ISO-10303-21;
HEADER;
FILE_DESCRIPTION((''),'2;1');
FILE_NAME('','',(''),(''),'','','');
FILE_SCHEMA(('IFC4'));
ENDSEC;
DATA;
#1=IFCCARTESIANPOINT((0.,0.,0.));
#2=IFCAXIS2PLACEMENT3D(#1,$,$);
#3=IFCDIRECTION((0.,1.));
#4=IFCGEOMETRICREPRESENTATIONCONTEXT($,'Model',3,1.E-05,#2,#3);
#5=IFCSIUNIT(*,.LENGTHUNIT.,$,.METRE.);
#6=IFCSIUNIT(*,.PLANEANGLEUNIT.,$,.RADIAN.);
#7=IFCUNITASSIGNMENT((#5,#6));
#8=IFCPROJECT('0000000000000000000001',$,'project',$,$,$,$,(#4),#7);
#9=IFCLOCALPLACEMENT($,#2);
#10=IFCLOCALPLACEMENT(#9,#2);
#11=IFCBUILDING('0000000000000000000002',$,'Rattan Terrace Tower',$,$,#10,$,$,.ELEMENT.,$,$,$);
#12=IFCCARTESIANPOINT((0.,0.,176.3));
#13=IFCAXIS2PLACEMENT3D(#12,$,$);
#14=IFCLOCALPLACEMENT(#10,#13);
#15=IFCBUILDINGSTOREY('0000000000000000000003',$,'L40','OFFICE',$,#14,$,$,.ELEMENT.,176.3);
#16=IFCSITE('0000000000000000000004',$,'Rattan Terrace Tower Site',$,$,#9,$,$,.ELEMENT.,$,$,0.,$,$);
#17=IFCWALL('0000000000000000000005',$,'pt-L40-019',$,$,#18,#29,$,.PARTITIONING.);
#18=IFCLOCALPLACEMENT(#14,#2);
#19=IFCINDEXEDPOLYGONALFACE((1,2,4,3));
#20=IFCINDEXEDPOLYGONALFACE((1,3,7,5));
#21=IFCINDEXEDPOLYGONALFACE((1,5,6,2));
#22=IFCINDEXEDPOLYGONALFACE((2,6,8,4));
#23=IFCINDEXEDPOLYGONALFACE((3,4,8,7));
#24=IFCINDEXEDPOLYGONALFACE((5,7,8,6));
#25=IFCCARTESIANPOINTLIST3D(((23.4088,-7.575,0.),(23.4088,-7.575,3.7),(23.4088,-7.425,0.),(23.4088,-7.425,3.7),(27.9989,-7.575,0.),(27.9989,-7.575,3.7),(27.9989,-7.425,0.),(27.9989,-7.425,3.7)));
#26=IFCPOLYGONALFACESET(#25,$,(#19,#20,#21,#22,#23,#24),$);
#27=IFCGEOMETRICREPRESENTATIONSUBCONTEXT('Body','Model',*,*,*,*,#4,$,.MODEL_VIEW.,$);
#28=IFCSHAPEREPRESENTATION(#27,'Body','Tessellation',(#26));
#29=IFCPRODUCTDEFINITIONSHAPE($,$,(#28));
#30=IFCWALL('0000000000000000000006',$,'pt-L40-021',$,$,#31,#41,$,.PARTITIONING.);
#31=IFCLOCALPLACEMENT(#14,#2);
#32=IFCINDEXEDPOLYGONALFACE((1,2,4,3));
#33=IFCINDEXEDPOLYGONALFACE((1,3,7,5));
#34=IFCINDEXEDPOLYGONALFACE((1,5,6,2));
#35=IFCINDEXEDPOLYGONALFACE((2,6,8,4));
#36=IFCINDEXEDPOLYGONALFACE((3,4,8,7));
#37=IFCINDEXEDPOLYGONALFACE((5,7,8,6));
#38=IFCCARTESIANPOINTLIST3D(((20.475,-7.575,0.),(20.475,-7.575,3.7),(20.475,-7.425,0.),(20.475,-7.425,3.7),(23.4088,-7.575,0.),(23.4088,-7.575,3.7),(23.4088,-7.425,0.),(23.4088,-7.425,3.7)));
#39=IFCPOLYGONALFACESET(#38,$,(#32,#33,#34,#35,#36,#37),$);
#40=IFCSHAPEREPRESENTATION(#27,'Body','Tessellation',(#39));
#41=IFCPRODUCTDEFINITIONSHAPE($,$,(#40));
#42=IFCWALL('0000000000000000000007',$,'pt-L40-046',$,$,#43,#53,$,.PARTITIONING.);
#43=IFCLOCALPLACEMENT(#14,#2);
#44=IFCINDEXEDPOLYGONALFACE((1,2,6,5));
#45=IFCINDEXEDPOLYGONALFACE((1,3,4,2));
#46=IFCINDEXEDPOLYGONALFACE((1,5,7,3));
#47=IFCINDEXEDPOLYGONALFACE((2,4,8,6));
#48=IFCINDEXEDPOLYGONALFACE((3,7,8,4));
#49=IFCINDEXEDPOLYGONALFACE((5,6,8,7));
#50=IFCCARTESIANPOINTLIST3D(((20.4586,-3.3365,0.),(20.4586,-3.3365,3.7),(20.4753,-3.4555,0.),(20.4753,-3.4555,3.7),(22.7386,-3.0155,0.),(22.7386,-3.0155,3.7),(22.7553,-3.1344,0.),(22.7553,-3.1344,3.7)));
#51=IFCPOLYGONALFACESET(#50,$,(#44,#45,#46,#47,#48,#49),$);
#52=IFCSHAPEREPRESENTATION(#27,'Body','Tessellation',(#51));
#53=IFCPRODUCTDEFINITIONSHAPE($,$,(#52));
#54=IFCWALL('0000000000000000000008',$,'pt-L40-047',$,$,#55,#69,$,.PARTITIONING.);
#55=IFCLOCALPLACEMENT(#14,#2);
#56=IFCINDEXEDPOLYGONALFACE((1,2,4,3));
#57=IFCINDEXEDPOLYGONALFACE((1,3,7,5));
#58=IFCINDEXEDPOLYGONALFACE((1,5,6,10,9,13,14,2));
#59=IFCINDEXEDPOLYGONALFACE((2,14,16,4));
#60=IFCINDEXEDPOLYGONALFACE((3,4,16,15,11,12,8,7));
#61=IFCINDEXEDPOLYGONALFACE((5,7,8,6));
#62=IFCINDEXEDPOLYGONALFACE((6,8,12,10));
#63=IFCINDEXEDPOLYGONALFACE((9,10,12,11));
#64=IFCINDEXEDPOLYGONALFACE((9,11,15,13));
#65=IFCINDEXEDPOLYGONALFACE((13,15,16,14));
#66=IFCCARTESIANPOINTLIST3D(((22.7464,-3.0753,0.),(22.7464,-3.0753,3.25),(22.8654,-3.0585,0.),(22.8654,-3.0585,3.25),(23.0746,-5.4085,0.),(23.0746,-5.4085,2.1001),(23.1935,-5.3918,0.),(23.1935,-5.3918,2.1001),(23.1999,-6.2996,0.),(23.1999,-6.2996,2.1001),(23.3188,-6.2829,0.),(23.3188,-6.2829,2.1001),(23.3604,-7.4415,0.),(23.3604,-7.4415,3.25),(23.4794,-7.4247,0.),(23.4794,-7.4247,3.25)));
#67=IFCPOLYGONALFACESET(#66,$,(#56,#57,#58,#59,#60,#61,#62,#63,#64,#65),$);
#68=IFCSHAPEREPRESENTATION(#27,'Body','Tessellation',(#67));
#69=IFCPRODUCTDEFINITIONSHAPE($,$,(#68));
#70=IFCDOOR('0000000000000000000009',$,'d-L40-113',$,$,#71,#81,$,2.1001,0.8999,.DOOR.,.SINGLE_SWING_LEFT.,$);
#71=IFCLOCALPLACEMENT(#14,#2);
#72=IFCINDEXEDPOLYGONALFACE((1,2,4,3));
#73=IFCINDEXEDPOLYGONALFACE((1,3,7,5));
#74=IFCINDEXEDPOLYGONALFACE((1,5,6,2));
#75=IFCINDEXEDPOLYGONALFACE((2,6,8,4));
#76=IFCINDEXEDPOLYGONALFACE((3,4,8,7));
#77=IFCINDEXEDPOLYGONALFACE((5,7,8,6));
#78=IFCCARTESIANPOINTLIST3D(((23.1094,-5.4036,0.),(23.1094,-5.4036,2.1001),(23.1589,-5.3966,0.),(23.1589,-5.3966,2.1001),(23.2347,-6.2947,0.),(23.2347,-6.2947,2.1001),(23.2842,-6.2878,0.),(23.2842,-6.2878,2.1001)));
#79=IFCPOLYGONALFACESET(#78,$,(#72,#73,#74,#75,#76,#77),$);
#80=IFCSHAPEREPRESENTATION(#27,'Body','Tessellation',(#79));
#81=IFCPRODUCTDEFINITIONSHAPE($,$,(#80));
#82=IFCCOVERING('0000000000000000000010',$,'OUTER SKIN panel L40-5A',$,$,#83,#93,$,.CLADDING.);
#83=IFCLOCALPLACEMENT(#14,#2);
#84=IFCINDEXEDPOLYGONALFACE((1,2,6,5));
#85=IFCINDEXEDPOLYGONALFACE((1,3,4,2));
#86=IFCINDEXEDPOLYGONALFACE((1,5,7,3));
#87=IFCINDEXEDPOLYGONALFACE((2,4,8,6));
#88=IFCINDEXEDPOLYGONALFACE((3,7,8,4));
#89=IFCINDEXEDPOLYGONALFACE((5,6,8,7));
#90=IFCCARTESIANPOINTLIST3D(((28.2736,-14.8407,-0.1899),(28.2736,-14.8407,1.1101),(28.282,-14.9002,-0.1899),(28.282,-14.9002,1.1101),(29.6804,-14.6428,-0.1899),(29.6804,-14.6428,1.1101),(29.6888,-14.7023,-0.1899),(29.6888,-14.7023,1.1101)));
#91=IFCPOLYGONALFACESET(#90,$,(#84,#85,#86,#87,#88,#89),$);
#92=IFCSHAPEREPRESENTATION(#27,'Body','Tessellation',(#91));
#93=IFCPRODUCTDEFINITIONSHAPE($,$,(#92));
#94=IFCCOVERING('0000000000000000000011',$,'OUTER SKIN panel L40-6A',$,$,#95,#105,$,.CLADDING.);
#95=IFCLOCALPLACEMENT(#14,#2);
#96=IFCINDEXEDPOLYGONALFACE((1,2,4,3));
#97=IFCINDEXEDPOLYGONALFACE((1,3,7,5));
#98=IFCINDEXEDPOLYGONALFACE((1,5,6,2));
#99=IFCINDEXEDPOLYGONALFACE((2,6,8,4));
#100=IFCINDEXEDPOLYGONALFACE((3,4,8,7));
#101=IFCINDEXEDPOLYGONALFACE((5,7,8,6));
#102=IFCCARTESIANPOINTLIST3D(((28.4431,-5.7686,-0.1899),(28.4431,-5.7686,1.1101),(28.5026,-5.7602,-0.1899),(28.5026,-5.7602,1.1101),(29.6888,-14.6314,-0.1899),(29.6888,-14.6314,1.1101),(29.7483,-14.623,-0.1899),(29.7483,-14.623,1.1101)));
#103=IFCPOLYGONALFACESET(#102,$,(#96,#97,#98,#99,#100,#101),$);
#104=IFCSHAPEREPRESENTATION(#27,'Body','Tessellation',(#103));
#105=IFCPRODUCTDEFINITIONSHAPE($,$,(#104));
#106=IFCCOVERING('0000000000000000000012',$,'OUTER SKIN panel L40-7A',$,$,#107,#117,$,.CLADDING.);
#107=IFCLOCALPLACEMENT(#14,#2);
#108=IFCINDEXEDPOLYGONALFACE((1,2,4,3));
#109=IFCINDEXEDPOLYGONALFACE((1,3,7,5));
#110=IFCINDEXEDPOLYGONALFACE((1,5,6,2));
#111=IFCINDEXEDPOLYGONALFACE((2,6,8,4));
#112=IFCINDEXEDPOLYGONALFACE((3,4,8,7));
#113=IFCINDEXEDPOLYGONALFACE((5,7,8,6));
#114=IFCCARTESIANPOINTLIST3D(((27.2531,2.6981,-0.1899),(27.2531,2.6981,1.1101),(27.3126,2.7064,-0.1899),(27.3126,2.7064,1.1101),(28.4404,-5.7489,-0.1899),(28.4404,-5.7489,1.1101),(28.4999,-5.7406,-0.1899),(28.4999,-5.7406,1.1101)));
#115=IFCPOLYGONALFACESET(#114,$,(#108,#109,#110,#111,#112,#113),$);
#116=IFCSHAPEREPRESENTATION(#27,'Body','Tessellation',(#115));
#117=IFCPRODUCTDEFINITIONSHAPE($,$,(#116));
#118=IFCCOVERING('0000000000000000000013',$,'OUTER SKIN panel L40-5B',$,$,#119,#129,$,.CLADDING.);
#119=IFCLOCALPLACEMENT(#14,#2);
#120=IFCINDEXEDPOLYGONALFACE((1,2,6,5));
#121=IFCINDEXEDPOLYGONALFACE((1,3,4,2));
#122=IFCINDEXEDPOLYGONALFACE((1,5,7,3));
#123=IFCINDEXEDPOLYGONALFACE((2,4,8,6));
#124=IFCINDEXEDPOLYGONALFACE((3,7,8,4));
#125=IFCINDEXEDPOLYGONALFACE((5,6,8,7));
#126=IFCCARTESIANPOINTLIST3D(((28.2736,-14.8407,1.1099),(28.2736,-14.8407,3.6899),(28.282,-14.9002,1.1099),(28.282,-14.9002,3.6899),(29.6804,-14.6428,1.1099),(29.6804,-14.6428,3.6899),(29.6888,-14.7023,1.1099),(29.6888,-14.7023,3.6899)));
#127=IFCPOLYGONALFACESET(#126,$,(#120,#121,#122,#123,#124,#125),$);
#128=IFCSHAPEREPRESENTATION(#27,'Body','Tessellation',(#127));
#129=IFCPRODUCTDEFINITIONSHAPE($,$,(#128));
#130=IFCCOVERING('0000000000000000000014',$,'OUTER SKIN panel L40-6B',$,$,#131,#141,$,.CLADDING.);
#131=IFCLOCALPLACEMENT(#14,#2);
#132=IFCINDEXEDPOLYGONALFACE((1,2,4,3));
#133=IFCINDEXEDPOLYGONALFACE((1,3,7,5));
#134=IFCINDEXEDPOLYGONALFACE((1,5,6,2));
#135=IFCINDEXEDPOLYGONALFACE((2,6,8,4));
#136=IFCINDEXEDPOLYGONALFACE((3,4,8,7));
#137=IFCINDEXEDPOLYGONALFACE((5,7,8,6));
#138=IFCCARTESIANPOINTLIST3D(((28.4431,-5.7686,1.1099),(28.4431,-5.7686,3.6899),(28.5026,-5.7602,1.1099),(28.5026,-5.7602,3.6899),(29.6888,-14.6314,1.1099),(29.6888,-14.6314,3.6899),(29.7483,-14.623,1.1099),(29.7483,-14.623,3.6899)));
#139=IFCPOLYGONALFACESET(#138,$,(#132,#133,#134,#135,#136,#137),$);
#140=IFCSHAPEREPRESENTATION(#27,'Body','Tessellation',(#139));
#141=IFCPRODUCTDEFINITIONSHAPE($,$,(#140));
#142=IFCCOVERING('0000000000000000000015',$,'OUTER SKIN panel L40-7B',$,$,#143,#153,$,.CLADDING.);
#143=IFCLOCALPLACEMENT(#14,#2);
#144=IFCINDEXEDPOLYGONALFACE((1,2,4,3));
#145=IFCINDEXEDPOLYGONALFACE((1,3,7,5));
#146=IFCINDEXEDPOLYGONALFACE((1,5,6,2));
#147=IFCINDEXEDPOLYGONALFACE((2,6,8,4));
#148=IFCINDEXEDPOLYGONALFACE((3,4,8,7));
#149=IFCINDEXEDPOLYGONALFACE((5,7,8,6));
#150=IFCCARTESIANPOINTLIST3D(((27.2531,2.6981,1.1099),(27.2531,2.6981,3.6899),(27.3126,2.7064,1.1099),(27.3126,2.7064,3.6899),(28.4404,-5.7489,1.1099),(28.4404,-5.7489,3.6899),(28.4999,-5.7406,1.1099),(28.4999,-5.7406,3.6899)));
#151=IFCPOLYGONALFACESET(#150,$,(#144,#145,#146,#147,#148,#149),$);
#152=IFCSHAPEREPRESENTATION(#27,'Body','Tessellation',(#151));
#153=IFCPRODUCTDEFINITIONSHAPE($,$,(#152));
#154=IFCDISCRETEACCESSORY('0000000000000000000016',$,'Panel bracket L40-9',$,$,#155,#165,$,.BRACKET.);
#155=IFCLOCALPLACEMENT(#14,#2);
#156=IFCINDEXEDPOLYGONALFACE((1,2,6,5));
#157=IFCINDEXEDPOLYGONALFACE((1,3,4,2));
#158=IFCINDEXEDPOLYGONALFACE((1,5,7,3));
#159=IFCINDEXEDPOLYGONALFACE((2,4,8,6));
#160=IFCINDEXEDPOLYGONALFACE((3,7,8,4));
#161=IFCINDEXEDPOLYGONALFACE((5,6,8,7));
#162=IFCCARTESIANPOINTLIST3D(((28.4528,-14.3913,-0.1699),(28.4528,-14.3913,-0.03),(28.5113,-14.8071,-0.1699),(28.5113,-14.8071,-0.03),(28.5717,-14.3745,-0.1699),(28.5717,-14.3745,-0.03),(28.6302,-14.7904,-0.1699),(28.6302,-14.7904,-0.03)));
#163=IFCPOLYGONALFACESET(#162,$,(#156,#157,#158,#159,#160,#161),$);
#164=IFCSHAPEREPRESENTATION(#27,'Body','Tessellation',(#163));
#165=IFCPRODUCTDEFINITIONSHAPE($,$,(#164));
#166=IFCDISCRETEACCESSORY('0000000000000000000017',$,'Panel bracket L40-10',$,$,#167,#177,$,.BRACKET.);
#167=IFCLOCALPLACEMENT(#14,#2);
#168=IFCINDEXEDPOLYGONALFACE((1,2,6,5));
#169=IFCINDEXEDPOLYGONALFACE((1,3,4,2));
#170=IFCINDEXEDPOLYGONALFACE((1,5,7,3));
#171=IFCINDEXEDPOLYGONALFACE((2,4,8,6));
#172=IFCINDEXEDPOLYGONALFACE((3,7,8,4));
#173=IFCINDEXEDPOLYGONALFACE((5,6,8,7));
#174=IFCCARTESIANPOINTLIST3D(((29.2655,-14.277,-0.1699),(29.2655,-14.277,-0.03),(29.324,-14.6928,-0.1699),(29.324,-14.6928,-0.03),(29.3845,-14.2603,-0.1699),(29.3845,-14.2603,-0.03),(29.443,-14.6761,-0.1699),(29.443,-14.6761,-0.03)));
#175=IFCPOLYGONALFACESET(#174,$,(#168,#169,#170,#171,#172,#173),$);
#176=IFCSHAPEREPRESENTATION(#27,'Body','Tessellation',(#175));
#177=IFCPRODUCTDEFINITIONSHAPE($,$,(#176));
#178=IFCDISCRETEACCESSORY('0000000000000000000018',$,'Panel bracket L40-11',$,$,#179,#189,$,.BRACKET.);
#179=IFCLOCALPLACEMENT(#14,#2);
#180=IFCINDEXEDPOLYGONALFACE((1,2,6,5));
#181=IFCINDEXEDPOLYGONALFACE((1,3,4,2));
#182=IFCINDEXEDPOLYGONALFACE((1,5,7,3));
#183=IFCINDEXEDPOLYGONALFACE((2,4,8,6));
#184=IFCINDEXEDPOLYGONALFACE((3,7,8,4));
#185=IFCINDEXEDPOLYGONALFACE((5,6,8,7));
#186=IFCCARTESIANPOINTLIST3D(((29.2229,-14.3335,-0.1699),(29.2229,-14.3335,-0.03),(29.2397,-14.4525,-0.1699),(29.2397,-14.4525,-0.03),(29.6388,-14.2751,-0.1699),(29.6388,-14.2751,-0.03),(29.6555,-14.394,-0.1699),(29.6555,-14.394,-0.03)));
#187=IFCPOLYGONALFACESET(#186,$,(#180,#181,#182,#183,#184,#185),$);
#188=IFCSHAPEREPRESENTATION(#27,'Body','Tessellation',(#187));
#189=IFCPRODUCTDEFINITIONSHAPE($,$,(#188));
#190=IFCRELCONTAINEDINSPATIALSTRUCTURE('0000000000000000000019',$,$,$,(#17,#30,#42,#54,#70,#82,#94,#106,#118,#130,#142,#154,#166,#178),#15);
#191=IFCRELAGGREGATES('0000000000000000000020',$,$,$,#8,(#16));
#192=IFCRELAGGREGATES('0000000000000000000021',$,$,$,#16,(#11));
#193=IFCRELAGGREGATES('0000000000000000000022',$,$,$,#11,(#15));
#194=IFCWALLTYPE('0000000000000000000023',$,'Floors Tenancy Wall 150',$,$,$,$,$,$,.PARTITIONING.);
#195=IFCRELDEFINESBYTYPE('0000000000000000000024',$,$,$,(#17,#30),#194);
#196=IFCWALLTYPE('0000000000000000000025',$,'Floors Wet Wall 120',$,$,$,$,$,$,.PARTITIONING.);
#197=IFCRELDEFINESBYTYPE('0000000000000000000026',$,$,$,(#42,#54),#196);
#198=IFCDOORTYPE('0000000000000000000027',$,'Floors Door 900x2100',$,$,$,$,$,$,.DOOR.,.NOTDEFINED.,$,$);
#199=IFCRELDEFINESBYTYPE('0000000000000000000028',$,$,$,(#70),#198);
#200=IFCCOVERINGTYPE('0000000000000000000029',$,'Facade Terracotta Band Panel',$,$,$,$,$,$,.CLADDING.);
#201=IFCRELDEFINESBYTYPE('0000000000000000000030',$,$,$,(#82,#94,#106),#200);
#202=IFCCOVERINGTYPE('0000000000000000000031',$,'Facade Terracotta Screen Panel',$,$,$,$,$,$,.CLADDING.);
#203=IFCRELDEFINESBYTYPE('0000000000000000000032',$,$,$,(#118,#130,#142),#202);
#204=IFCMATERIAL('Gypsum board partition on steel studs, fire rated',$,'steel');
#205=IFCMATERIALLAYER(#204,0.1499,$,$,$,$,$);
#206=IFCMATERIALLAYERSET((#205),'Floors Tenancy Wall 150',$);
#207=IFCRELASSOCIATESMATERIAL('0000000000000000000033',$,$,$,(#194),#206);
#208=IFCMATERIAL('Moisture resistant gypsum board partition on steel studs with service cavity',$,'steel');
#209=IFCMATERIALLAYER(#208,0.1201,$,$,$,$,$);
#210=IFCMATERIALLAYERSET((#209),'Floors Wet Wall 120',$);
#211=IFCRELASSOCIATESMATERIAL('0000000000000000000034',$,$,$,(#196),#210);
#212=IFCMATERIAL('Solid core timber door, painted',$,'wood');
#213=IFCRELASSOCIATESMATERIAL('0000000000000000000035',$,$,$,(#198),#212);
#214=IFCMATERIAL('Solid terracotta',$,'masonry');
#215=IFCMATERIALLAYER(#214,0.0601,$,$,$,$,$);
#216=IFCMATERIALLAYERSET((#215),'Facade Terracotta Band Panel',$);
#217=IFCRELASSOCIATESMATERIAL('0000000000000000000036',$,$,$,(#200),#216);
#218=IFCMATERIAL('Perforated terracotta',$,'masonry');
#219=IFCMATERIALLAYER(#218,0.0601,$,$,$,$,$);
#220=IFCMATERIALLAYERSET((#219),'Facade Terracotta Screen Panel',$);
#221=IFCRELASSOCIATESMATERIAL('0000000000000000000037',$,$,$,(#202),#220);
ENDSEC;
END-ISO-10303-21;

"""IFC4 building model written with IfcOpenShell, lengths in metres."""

from ifc_helpers import new_model, si_unit, direction, frame, frame_2d, origin, origin_2d, place, context, subcontext, project, spatial, rectangle, extrude, material, layer, layer_set, type_object, element, fill, save


model = new_model("IFC4")

# Units and contexts
model_context = context("Model", 3, precision=1e-05, world=origin(), true_north=direction((0.0, 1.0)))
body_context = subcontext(model_context, "Body", "Model", "MODEL_VIEW")
ifc_project = project(units=[si_unit("LENGTHUNIT", "METRE"), si_unit("PLANEANGLEUNIT", "RADIAN")], contexts=[model_context])

# Site, building, storey
site_placement = place(None, origin())
site = spatial("IfcSite", under=ifc_project, at=site_placement, Name="Rattan Terrace Tower Site", CompositionType="ELEMENT", RefElevation=0.0)
building_placement = place(site_placement, origin())
building = spatial("IfcBuilding", under=site, at=building_placement, Name="Rattan Terrace Tower", CompositionType="ELEMENT")
storey_placement = place(building_placement, frame((0.0, 0.0, 176.3)))
storey = spatial("IfcBuildingStorey", under=building, at=storey_placement, Name="L40", Description="OFFICE", CompositionType="ELEMENT", Elevation=176.3)

# Shared definitions
ifc_material_1 = material(Name="Gypsum board partition on steel studs, fire rated", Category="steel")
ifc_layer_1 = layer(ifc_material_1, 0.1499)
ifc_layer_set_1 = layer_set([ifc_layer_1], Name="Floors Tenancy Wall 150")
wall_type_1 = type_object("IfcWallType", Name="Floors Tenancy Wall 150", PredefinedType="PARTITIONING", material=ifc_layer_set_1)

# Walls
wall_1_placement = place(storey_placement, frame((23.4089, -7.5, 0.0), z_axis=(0.0, 0.0, 1.0), x_axis=(1.0, 0.0, 0.0)))
element("IfcWall", 1, at=wall_1_placement, inside=storey, type_object=wall_type_1, Name="pt-L40-019", PredefinedType="PARTITIONING", context=body_context, shape_type="SweptSolid", body=[
    extrude(rectangle(XDim=4.5901, YDim=0.1499, at=frame_2d((2.2949, 0.0))), origin(), (0.0, 0.0, 1.0), 3.7),
])
wall_2_placement = place(storey_placement, frame((20.4751, -7.5, 0.0), z_axis=(0.0, 0.0, 1.0), x_axis=(1.0, 0.0, 0.0)))
element("IfcWall", 2, at=wall_2_placement, inside=storey, type_object=wall_type_1, Name="pt-L40-021", PredefinedType="PARTITIONING", context=body_context, shape_type="SweptSolid", body=[
    extrude(rectangle(XDim=2.9338, YDim=0.1499, at=frame_2d((1.4668, 0.0))), origin(), (0.0, 0.0, 1.0), 3.7),
])
ifc_material_2 = material(Name="Moisture resistant gypsum board partition on steel studs with service cavity", Category="steel")
ifc_layer_2 = layer(ifc_material_2, 0.1201)
ifc_layer_set_2 = layer_set([ifc_layer_2], Name="Floors Wet Wall 120")
wall_type_2 = type_object("IfcWallType", Name="Floors Wet Wall 120", PredefinedType="PARTITIONING", material=ifc_layer_set_2)
wall_3_placement = place(storey_placement, frame((22.7471, -3.075, 0.0), z_axis=(0.0, 0.0, 1.0), x_axis=(-0.990232, -0.139432, 0.0)))
element("IfcWall", 3, at=wall_3_placement, inside=storey, type_object=wall_type_2, Name="pt-L40-046", PredefinedType="PARTITIONING", context=body_context, shape_type="SweptSolid", body=[
    extrude(rectangle(XDim=2.3025, YDim=0.1201, at=frame_2d((1.1514, 0.0))), origin(), (0.0, 0.0, 1.0), 3.7),
])

# Wall, opening, door
wall_4_placement = place(storey_placement, frame((23.4199, -7.4331, 0.0), z_axis=(0.0, 0.0, 1.0), x_axis=(-0.139258, 0.990256, 0.0)))
wall_4 = element("IfcWall", 4, at=wall_4_placement, inside=storey, type_object=wall_type_2, Name="pt-L40-047", PredefinedType="PARTITIONING", context=body_context, shape_type="SweptSolid", body=[
    extrude(rectangle(XDim=4.4092, YDim=0.1201, at=frame_2d((2.2046, 0.0))), origin(), (0.0, 0.0, 1.0), 3.25),
])
opening_1_placement = place(wall_4_placement, frame((1.1531, 0.0, 0.0)))
opening_1 = element("IfcOpeningElement", 5, at=opening_1_placement, cuts=wall_4, PredefinedType="OPENING", context=body_context, shape_type="SweptSolid", body=[
    extrude(rectangle(XDim=0.8999, YDim=2.1001, at=frame_2d((0.45, 1.05))), frame((0.0, 0.0706, 0.0), z_axis=(0.0, -1.0, 0.0), x_axis=(1.0, 0.0, 0.0)), (0.0, 0.0, 1.0), 0.1411),
])
ifc_material_3 = material(Name="Solid core timber door, painted", Category="wood")
door_type_1 = type_object("IfcDoorType", Name="Floors Door 900x2100", OperationType="NOTDEFINED", PredefinedType="DOOR", material=ifc_material_3)
door_1_placement = place(opening_1_placement, origin())
door_1 = element("IfcDoor", 6, at=door_1_placement, inside=storey, type_object=door_type_1, Name="d-L40-113", OperationType="SINGLE_SWING_LEFT", OverallHeight=2.1001, OverallWidth=0.8999, PredefinedType="DOOR", context=body_context, shape_type="SweptSolid", body=[
    extrude(rectangle(XDim=0.8999, YDim=2.1001, at=frame_2d((0.45, 1.05))), frame((0.0, 0.0249, 0.0), z_axis=(0.0, -1.0, 0.0), x_axis=(1.0, 0.0, 0.0)), (0.0, 0.0, 1.0), 0.05),
])
fill(opening_1, door_1)

# Coverings
ifc_material_4 = material(Name="Solid terracotta", Category="masonry")
ifc_layer_3 = layer(ifc_material_4, 0.0601)
ifc_layer_set_3 = layer_set([ifc_layer_3], Name="Facade Terracotta Band Panel")
covering_type_1 = type_object("IfcCoveringType", Name="Facade Terracotta Band Panel", PredefinedType="CLADDING", material=ifc_layer_set_3)
covering_1_placement = place(storey_placement, frame((28.9812, -14.7715, -0.1899), z_axis=(0.0, 0.0, 1.0), x_axis=(0.990254, 0.139275, 0.0)))
element("IfcCovering", 7, at=covering_1_placement, inside=storey, type_object=covering_type_1, Name="OUTER SKIN panel L40-5A", PredefinedType="CLADDING", context=body_context, shape_type="SweptSolid", body=[
    extrude(rectangle(XDim=1.4207, YDim=0.0601, at=origin_2d()), origin(), (0.0, 0.0, 1.0), 1.3),
])
covering_2_placement = place(storey_placement, frame((29.0957, -10.1958, -0.1899), z_axis=(0.0, 0.0, 1.0), x_axis=(-0.139191, 0.990266, 0.0)))
element("IfcCovering", 8, at=covering_2_placement, inside=storey, type_object=covering_type_1, Name="OUTER SKIN panel L40-6A", PredefinedType="CLADDING", context=body_context, shape_type="SweptSolid", body=[
    extrude(rectangle(XDim=8.95, YDim=0.0601, at=origin_2d()), origin(), (0.0, 0.0, 1.0), 1.3),
])
covering_3_placement = place(storey_placement, frame((27.8765, -1.5212, -0.1899), z_axis=(0.0, 0.0, 1.0), x_axis=(-0.139191, 0.990266, 0.0)))
element("IfcCovering", 9, at=covering_3_placement, inside=storey, type_object=covering_type_1, Name="OUTER SKIN panel L40-7A", PredefinedType="CLADDING", context=body_context, shape_type="SweptSolid", body=[
    extrude(rectangle(XDim=8.53, YDim=0.0601, at=origin_2d()), origin(), (0.0, 0.0, 1.0), 1.3),
])
ifc_material_5 = material(Name="Perforated terracotta", Category="masonry")
ifc_layer_4 = layer(ifc_material_5, 0.0601)
ifc_layer_set_4 = layer_set([ifc_layer_4], Name="Facade Terracotta Screen Panel")
covering_type_2 = type_object("IfcCoveringType", Name="Facade Terracotta Screen Panel", PredefinedType="CLADDING", material=ifc_layer_set_4)
covering_4_placement = place(storey_placement, frame((28.9812, -14.7715, 1.1099), z_axis=(0.0, 0.0, 1.0), x_axis=(0.990254, 0.139275, 0.0)))
element("IfcCovering", 10, at=covering_4_placement, inside=storey, type_object=covering_type_2, Name="OUTER SKIN panel L40-5B", PredefinedType="CLADDING", context=body_context, shape_type="SweptSolid", body=[
    extrude(rectangle(XDim=1.4207, YDim=0.0601, at=origin_2d()), origin(), (0.0, 0.0, 1.0), 2.5801),
])
covering_5_placement = place(storey_placement, frame((29.0957, -10.1958, 1.1099), z_axis=(0.0, 0.0, 1.0), x_axis=(-0.139191, 0.990266, 0.0)))
element("IfcCovering", 11, at=covering_5_placement, inside=storey, type_object=covering_type_2, Name="OUTER SKIN panel L40-6B", PredefinedType="CLADDING", context=body_context, shape_type="SweptSolid", body=[
    extrude(rectangle(XDim=8.95, YDim=0.0601, at=origin_2d()), origin(), (0.0, 0.0, 1.0), 2.5801),
])
covering_6_placement = place(storey_placement, frame((27.8765, -1.5212, 1.1099), z_axis=(0.0, 0.0, 1.0), x_axis=(-0.139191, 0.990266, 0.0)))
element("IfcCovering", 12, at=covering_6_placement, inside=storey, type_object=covering_type_2, Name="OUTER SKIN panel L40-7B", PredefinedType="CLADDING", context=body_context, shape_type="SweptSolid", body=[
    extrude(rectangle(XDim=8.53, YDim=0.0601, at=origin_2d()), origin(), (0.0, 0.0, 1.0), 2.5801),
])

# Discrete accessories
for number, where, z_axis, x_axis, name in (
    (13, (28.5415, -14.5908, -0.1699), (0.0, 0.0, 1.0), (0.990254, 0.139275, 0.0), "Panel bracket L40-9"),
    (14, (29.3542, -14.4766, -0.1699), (0.0, 0.0, 1.0), (0.990254, 0.139275, 0.0), "Panel bracket L40-10"),
    (15, (29.4392, -14.3638, -0.1699), (0.0, 0.0, 1.0), (-0.139191, 0.990266, 0.0), "Panel bracket L40-11"),
):
    element("IfcDiscreteAccessory", number, at=place(storey_placement, frame(where, z_axis=z_axis, x_axis=x_axis)), inside=storey, Name=name, PredefinedType="BRACKET", context=body_context, shape_type="SweptSolid", body=[
        extrude(rectangle(XDim=0.1201, YDim=0.4199, at=origin_2d()), origin(), (0.0, 0.0, 1.0), 0.1399),
    ])

save(model, "model.ifc")
